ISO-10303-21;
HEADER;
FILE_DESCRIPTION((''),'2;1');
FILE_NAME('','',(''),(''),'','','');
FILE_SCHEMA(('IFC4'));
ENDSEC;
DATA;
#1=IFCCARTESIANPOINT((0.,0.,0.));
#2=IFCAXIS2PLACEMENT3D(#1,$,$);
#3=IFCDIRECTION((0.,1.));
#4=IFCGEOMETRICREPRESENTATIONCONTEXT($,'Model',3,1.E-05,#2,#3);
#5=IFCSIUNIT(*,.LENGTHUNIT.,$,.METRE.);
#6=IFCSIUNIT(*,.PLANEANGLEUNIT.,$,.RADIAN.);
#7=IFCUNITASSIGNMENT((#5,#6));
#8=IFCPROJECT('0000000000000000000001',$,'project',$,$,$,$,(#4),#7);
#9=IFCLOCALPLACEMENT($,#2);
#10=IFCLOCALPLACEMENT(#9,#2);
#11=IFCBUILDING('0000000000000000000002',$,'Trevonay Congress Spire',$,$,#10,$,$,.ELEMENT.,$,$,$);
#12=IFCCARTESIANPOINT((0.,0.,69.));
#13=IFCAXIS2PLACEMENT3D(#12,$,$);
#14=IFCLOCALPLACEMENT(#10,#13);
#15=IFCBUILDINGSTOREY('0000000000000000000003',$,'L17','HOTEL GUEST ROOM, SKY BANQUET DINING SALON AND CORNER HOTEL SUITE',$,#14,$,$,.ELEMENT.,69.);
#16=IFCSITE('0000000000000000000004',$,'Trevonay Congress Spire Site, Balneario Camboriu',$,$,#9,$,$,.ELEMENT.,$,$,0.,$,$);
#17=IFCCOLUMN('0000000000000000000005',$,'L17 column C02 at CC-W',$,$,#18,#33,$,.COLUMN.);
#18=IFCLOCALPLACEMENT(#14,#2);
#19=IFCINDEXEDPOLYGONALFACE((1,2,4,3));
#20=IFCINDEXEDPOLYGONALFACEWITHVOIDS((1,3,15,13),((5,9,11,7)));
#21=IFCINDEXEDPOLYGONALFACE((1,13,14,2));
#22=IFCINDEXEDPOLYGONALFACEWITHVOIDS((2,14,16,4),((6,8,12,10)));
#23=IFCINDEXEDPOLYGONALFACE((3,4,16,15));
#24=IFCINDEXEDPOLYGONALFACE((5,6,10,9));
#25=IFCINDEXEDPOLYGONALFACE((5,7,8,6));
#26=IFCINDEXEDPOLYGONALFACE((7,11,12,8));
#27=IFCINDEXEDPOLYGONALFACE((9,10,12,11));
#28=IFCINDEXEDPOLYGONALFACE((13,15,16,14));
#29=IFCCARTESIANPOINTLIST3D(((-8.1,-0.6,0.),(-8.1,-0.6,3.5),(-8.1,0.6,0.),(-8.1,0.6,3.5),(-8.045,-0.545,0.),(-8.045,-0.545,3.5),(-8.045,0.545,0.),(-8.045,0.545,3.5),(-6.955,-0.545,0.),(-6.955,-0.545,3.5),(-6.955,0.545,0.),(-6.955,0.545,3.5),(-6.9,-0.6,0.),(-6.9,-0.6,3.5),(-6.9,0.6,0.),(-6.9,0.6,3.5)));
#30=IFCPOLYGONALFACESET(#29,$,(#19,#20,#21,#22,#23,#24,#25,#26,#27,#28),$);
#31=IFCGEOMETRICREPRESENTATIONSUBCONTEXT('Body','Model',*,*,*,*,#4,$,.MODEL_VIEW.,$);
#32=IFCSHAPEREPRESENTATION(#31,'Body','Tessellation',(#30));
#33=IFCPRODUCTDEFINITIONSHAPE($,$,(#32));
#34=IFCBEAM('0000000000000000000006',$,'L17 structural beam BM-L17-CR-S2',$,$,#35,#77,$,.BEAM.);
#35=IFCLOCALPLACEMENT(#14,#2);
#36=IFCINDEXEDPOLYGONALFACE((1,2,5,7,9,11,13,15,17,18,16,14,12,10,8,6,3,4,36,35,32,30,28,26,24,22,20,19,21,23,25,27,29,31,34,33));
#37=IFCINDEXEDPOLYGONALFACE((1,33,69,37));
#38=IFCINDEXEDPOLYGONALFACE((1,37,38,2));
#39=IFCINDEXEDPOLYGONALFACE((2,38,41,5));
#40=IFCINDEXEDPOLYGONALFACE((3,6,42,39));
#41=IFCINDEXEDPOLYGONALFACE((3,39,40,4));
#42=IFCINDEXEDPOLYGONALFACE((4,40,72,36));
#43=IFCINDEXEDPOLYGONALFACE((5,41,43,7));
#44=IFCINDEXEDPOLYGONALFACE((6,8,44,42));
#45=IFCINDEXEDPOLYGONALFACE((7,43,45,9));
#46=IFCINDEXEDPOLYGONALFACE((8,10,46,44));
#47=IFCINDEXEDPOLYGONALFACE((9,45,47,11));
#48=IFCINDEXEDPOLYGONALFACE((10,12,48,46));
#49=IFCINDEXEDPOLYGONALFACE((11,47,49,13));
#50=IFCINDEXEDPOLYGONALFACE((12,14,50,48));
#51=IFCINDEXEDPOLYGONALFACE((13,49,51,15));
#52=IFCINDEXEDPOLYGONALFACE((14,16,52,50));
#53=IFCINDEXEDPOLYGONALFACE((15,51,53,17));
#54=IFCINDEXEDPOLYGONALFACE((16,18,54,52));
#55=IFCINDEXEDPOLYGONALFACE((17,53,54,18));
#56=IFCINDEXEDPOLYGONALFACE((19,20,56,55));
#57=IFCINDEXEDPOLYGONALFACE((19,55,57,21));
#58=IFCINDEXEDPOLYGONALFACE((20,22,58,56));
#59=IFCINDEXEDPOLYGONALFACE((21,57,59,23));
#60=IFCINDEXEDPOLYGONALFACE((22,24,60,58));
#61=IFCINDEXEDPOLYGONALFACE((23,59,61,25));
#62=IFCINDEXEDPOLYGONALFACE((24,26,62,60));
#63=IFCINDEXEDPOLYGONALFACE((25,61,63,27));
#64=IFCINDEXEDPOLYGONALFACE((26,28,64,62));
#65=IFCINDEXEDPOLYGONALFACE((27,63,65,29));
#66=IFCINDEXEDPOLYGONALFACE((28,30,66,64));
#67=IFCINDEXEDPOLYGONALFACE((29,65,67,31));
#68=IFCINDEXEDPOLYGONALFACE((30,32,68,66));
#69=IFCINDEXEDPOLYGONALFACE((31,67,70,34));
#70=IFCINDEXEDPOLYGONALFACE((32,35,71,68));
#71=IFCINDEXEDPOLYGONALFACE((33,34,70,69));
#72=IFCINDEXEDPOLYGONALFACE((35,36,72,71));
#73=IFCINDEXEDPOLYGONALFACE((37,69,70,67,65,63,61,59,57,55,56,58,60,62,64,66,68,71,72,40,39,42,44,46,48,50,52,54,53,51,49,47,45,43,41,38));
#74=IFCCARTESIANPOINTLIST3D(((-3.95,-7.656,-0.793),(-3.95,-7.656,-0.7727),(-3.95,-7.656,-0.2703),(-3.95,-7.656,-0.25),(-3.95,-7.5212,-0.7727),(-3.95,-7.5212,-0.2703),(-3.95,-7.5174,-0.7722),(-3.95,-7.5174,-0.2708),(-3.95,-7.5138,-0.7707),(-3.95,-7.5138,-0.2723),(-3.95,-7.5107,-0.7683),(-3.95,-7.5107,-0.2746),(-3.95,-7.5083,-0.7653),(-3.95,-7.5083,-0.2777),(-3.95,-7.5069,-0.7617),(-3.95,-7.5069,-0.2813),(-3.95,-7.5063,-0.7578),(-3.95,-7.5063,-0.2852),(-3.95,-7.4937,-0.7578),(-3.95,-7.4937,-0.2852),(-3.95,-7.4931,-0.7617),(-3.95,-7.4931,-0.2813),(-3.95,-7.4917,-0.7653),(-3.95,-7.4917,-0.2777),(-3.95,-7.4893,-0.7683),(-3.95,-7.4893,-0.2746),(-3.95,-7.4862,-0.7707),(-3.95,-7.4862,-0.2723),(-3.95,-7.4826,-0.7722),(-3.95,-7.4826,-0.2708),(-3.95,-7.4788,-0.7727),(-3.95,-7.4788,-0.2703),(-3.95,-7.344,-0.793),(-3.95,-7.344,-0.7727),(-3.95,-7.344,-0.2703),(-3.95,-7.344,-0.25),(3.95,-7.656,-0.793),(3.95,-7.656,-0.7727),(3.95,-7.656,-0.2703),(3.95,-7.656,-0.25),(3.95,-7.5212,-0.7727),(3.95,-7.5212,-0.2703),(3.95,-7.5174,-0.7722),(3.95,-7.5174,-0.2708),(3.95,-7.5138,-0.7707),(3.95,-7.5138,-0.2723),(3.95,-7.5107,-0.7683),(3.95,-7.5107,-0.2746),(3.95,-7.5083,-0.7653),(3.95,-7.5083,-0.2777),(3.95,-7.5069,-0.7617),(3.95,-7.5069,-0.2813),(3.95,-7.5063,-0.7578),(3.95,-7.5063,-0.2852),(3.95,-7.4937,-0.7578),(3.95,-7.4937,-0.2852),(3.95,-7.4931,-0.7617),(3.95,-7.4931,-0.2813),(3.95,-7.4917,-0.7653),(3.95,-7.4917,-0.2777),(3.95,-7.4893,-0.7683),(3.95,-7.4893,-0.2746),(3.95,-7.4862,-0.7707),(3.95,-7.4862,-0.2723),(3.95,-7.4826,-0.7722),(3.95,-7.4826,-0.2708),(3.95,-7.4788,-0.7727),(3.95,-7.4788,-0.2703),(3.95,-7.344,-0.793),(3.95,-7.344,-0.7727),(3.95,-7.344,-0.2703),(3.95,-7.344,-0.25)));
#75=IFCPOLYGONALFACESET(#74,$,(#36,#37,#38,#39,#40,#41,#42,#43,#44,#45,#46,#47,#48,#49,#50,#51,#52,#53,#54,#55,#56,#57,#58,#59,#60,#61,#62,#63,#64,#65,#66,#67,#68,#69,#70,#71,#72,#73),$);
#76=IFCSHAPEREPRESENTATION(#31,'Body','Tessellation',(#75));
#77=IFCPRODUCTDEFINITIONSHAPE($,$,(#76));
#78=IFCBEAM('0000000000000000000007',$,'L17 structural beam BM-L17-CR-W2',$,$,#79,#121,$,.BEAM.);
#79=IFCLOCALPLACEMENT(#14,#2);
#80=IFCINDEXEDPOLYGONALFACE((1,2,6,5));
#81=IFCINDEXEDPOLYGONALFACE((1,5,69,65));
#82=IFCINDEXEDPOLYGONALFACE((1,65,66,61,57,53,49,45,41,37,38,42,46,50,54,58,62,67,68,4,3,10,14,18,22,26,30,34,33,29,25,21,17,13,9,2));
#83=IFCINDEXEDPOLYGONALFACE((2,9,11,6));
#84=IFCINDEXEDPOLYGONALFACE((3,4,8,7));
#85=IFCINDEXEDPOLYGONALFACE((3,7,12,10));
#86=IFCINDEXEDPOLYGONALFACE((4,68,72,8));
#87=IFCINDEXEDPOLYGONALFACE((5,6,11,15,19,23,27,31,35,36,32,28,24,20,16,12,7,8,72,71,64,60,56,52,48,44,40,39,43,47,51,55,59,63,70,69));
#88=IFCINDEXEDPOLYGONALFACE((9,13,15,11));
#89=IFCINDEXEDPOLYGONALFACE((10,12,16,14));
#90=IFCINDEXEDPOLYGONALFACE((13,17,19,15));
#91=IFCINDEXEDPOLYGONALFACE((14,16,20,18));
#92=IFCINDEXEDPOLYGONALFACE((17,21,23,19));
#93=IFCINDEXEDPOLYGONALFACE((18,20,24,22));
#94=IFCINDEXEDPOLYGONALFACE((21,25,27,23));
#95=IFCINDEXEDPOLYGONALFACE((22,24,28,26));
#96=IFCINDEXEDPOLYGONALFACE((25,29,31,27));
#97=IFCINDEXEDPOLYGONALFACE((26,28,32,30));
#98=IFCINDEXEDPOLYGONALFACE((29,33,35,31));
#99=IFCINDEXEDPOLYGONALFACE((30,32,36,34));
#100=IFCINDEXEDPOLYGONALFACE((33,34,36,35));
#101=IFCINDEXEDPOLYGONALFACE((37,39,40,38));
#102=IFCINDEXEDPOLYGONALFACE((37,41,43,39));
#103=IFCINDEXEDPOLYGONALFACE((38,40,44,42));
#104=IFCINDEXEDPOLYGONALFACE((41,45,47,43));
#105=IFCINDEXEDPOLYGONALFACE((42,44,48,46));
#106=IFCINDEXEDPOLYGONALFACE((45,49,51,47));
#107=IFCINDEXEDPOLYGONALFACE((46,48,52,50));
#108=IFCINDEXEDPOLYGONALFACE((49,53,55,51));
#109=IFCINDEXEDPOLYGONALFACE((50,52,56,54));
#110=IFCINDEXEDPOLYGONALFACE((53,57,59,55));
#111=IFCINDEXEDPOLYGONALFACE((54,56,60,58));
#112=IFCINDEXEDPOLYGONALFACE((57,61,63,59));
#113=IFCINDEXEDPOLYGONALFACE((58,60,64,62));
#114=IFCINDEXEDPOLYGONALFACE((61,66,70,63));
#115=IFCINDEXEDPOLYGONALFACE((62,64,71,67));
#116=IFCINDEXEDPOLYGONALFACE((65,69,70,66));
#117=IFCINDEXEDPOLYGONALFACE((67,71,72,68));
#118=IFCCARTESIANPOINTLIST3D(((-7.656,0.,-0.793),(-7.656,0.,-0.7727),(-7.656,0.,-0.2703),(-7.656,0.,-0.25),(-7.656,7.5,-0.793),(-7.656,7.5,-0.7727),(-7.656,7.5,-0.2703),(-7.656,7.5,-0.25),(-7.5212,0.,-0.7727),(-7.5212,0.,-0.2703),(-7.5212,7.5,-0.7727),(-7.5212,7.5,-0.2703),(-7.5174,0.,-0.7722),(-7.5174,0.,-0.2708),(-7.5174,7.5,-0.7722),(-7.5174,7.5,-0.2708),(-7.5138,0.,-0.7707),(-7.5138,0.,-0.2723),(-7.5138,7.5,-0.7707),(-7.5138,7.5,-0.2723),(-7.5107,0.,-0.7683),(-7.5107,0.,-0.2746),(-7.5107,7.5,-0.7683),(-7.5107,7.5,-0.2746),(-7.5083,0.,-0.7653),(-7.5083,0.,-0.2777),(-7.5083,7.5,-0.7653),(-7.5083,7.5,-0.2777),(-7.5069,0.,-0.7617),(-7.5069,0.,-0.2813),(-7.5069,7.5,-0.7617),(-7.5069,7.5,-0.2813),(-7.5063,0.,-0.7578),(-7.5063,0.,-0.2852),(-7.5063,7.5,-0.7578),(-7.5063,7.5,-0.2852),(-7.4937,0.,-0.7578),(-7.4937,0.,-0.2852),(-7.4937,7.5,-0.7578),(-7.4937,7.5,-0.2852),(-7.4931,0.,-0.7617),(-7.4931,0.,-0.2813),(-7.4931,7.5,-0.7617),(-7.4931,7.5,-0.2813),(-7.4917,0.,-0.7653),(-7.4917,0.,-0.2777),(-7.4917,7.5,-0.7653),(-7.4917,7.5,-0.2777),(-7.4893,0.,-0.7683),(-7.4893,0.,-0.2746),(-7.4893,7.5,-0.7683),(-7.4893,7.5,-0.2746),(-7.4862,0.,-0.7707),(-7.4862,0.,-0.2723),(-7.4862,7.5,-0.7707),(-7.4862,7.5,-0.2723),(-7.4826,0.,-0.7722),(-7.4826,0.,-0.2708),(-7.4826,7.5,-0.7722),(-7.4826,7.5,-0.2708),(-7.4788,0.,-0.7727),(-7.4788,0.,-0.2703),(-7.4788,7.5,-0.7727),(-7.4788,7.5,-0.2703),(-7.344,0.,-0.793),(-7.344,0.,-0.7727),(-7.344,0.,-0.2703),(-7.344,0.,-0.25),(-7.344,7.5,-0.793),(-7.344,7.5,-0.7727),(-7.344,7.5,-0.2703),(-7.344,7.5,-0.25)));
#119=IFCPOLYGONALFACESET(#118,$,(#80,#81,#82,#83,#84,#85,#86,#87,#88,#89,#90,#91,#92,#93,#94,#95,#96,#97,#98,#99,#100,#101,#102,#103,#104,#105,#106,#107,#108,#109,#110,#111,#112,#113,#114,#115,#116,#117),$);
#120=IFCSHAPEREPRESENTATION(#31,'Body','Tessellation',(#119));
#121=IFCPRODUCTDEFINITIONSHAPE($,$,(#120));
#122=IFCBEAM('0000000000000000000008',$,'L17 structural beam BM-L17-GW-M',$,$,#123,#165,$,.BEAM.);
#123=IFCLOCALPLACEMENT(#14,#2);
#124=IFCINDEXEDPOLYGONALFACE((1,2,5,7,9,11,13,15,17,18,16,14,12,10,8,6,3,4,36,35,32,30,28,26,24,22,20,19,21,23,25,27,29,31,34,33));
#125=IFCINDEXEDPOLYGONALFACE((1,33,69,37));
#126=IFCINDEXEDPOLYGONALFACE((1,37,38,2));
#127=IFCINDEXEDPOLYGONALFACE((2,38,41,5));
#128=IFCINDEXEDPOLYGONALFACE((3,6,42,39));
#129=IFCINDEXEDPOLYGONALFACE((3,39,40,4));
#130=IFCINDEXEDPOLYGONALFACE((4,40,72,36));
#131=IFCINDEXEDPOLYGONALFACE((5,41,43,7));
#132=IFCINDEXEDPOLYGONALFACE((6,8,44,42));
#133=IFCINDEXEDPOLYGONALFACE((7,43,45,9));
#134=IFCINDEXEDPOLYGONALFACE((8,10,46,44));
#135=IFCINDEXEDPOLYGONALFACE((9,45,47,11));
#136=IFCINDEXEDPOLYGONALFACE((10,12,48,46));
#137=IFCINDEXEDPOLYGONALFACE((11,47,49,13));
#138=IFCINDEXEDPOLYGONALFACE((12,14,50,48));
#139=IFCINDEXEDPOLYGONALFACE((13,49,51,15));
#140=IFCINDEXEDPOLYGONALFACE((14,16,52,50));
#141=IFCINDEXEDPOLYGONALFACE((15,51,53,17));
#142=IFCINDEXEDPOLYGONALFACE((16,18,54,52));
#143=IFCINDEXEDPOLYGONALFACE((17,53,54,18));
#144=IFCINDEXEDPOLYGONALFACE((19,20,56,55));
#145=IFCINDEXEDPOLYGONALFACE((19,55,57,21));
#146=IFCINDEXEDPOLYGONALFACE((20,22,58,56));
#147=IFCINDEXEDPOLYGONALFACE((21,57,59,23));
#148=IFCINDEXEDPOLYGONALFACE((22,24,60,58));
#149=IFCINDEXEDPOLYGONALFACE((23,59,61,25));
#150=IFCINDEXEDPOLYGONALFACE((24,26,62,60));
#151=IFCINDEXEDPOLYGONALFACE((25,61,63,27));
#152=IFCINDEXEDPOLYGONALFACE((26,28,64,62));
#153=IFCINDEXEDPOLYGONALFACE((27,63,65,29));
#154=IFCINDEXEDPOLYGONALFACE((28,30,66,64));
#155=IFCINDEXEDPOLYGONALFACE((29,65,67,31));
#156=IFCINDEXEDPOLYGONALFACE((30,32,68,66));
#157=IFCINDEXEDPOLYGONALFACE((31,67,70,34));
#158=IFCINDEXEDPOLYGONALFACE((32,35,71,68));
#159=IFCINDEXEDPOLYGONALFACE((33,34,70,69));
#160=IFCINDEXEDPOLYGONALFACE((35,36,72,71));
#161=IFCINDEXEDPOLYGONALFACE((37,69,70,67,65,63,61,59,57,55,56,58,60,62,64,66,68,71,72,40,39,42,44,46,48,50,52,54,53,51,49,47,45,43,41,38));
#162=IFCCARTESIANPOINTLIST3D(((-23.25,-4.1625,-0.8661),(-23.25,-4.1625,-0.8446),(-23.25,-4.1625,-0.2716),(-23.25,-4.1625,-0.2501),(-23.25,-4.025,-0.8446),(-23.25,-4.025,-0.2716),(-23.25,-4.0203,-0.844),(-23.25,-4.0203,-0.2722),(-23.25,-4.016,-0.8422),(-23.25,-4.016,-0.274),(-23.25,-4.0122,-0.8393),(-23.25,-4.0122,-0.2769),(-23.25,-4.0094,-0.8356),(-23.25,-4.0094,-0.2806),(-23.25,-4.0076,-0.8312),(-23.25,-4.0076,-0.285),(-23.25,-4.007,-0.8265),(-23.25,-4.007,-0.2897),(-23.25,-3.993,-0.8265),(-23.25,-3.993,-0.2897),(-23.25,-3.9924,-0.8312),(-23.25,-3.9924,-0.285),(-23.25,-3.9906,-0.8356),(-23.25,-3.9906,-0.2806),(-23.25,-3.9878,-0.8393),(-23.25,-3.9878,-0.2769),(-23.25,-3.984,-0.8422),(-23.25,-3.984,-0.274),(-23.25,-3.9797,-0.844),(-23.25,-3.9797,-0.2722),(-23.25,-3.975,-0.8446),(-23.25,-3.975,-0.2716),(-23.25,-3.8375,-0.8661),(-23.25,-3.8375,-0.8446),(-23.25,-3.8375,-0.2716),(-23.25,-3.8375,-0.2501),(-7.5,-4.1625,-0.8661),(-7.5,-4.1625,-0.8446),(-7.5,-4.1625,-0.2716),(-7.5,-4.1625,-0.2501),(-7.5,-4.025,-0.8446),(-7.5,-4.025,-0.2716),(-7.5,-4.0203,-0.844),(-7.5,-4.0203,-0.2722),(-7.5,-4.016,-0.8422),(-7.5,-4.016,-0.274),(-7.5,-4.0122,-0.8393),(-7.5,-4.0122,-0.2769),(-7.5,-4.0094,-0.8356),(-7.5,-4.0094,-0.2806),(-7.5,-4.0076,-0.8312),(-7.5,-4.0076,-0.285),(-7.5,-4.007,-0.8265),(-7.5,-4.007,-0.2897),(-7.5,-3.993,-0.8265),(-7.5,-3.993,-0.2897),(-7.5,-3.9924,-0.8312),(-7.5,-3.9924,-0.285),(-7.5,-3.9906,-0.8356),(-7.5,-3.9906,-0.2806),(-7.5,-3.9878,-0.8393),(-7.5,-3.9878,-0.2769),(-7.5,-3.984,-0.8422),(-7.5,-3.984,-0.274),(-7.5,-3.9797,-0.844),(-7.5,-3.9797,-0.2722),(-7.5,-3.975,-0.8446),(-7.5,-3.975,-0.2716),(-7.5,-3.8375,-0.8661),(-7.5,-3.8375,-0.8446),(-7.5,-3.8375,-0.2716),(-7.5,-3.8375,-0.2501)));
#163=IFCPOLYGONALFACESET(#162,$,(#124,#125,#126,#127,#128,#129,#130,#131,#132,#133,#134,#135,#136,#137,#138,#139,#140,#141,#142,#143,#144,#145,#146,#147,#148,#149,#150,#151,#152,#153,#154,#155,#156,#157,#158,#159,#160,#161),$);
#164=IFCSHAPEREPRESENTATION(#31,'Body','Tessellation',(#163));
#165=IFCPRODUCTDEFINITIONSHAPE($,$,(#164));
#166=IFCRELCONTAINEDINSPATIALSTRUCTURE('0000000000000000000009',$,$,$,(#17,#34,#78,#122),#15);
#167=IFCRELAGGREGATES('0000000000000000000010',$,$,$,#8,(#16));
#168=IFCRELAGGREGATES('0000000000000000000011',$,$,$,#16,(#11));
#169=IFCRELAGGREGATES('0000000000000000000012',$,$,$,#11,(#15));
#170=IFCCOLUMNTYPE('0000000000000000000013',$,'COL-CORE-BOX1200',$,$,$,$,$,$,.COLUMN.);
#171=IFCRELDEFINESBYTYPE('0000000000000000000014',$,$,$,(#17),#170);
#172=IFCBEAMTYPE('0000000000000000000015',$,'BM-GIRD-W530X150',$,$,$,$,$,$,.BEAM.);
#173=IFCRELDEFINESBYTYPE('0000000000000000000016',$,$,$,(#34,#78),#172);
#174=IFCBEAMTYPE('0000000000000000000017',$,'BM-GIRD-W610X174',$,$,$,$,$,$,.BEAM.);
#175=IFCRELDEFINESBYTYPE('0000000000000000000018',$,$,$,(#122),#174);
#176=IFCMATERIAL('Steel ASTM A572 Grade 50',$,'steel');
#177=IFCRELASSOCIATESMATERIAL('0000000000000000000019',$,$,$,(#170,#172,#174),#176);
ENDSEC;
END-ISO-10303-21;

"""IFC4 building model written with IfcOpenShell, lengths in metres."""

from ifc_helpers import new_model, si_unit, direction, frame, origin, origin_2d, place, context, subcontext, project, spatial, hollow_rectangle, i_section, extrude, material, material_profile, profile_set, type_object, element, save


model = new_model("IFC4")

# Units and contexts
model_context = context("Model", 3, precision=1e-05, world=origin(), true_north=direction((0.0, 1.0)))
body_context = subcontext(model_context, "Body", "Model", "MODEL_VIEW")
ifc_project = project(units=[si_unit("LENGTHUNIT", "METRE"), si_unit("PLANEANGLEUNIT", "RADIAN")], contexts=[model_context])

# Site, building, storey
site_placement = place(None, origin())
site = spatial("IfcSite", under=ifc_project, at=site_placement, Name="Trevonay Congress Spire Site, Balneario Camboriu", CompositionType="ELEMENT", RefElevation=0.0)
building_placement = place(site_placement, origin())
building = spatial("IfcBuilding", under=site, at=building_placement, Name="Trevonay Congress Spire", CompositionType="ELEMENT")
storey_placement = place(building_placement, frame((0.0, 0.0, 69.0)))
storey = spatial("IfcBuildingStorey", under=building, at=storey_placement, Name="L17", Description="HOTEL GUEST ROOM, SKY BANQUET DINING SALON AND CORNER HOTEL SUITE", CompositionType="ELEMENT", Elevation=69.0)

# Column
ifc_material_1 = material(Name="Steel ASTM A572 Grade 50", Category="steel")
ifc_material_profile_1 = material_profile(ifc_material_1, hollow_rectangle(XDim=1.2, YDim=1.2, WallThickness=0.0549, at=origin_2d()), Name="BOX 1200x1200x55")
ifc_profile_set_1 = profile_set([ifc_material_profile_1], Name="Steel ASTM A572 Grade 50")
column_type = type_object("IfcColumnType", Name="COL-CORE-BOX1200", PredefinedType="COLUMN", material=ifc_profile_set_1)
column_placement = place(storey_placement, frame((-7.5, 0.0, 0.0), z_axis=(0.0, 0.0, 1.0), x_axis=(1.0, 0.0, 0.0)))
element("IfcColumn", 1, at=column_placement, inside=storey, type_object=column_type, Name="L17 column C02 at CC-W", PredefinedType="COLUMN", context=body_context, shape_type="SweptSolid", body=[
    extrude(hollow_rectangle(XDim=1.2, YDim=1.2, WallThickness=0.0549, at=origin_2d()), origin(), (0.0, 0.0, 1.0), 3.5),
])

# Beams
ifc_material_profile_2 = material_profile(ifc_material_1, i_section(OverallWidth=0.312, OverallDepth=0.543, WebThickness=0.0127, FlangeThickness=0.0203, FilletRadius=0.0149, at=origin_2d()), Name="W530x150")
ifc_profile_set_2 = profile_set([ifc_material_profile_2], Name="Steel ASTM A572 Grade 50")
beam_type_1 = type_object("IfcBeamType", Name="BM-GIRD-W530X150", PredefinedType="BEAM", material=ifc_profile_set_2)
beam_1_placement = place(storey_placement, frame((-3.95, -7.5, -0.5215), z_axis=(1.0, 0.0, 0.0), x_axis=(0.0, 1.0, 0.0)))
element("IfcBeam", 2, at=beam_1_placement, inside=storey, type_object=beam_type_1, Name="L17 structural beam BM-L17-CR-S2", PredefinedType="BEAM", context=body_context, shape_type="SweptSolid", body=[
    extrude(i_section(OverallWidth=0.312, OverallDepth=0.543, WebThickness=0.0127, FlangeThickness=0.0203, FilletRadius=0.0149, at=origin_2d()), origin(), (0.0, 0.0, 1.0), 7.8999),
])
beam_2_placement = place(storey_placement, frame((-7.5, 0.0, -0.5215), z_axis=(0.0, 1.0, 0.0), x_axis=(-1.0, 0.0, 0.0)))
element("IfcBeam", 3, at=beam_2_placement, inside=storey, type_object=beam_type_1, Name="L17 structural beam BM-L17-CR-W2", PredefinedType="BEAM", context=body_context, shape_type="SweptSolid", body=[
    extrude(i_section(OverallWidth=0.312, OverallDepth=0.543, WebThickness=0.0127, FlangeThickness=0.0203, FilletRadius=0.0149, at=origin_2d()), origin(), (0.0, 0.0, 1.0), 7.5),
])
ifc_material_profile_3 = material_profile(ifc_material_1, i_section(OverallWidth=0.325, OverallDepth=0.616, WebThickness=0.0139, FlangeThickness=0.0215, FilletRadius=0.0181, at=origin_2d()), Name="W610x174")
ifc_profile_set_3 = profile_set([ifc_material_profile_3], Name="Steel ASTM A572 Grade 50")
beam_type_2 = type_object("IfcBeamType", Name="BM-GIRD-W610X174", PredefinedType="BEAM", material=ifc_profile_set_3)
beam_3_placement = place(storey_placement, frame((-7.5, -4.0, -0.5581), z_axis=(-1.0, 0.0, 0.0), x_axis=(0.0, -1.0, 0.0)))
element("IfcBeam", 4, at=beam_3_placement, inside=storey, type_object=beam_type_2, Name="L17 structural beam BM-L17-GW-M", PredefinedType="BEAM", context=body_context, shape_type="SweptSolid", body=[
    extrude(i_section(OverallWidth=0.325, OverallDepth=0.616, WebThickness=0.0139, FlangeThickness=0.0215, FilletRadius=0.0181, at=origin_2d()), origin(), (0.0, 0.0, 1.0), 15.75),
])

save(model, "model.ifc")
